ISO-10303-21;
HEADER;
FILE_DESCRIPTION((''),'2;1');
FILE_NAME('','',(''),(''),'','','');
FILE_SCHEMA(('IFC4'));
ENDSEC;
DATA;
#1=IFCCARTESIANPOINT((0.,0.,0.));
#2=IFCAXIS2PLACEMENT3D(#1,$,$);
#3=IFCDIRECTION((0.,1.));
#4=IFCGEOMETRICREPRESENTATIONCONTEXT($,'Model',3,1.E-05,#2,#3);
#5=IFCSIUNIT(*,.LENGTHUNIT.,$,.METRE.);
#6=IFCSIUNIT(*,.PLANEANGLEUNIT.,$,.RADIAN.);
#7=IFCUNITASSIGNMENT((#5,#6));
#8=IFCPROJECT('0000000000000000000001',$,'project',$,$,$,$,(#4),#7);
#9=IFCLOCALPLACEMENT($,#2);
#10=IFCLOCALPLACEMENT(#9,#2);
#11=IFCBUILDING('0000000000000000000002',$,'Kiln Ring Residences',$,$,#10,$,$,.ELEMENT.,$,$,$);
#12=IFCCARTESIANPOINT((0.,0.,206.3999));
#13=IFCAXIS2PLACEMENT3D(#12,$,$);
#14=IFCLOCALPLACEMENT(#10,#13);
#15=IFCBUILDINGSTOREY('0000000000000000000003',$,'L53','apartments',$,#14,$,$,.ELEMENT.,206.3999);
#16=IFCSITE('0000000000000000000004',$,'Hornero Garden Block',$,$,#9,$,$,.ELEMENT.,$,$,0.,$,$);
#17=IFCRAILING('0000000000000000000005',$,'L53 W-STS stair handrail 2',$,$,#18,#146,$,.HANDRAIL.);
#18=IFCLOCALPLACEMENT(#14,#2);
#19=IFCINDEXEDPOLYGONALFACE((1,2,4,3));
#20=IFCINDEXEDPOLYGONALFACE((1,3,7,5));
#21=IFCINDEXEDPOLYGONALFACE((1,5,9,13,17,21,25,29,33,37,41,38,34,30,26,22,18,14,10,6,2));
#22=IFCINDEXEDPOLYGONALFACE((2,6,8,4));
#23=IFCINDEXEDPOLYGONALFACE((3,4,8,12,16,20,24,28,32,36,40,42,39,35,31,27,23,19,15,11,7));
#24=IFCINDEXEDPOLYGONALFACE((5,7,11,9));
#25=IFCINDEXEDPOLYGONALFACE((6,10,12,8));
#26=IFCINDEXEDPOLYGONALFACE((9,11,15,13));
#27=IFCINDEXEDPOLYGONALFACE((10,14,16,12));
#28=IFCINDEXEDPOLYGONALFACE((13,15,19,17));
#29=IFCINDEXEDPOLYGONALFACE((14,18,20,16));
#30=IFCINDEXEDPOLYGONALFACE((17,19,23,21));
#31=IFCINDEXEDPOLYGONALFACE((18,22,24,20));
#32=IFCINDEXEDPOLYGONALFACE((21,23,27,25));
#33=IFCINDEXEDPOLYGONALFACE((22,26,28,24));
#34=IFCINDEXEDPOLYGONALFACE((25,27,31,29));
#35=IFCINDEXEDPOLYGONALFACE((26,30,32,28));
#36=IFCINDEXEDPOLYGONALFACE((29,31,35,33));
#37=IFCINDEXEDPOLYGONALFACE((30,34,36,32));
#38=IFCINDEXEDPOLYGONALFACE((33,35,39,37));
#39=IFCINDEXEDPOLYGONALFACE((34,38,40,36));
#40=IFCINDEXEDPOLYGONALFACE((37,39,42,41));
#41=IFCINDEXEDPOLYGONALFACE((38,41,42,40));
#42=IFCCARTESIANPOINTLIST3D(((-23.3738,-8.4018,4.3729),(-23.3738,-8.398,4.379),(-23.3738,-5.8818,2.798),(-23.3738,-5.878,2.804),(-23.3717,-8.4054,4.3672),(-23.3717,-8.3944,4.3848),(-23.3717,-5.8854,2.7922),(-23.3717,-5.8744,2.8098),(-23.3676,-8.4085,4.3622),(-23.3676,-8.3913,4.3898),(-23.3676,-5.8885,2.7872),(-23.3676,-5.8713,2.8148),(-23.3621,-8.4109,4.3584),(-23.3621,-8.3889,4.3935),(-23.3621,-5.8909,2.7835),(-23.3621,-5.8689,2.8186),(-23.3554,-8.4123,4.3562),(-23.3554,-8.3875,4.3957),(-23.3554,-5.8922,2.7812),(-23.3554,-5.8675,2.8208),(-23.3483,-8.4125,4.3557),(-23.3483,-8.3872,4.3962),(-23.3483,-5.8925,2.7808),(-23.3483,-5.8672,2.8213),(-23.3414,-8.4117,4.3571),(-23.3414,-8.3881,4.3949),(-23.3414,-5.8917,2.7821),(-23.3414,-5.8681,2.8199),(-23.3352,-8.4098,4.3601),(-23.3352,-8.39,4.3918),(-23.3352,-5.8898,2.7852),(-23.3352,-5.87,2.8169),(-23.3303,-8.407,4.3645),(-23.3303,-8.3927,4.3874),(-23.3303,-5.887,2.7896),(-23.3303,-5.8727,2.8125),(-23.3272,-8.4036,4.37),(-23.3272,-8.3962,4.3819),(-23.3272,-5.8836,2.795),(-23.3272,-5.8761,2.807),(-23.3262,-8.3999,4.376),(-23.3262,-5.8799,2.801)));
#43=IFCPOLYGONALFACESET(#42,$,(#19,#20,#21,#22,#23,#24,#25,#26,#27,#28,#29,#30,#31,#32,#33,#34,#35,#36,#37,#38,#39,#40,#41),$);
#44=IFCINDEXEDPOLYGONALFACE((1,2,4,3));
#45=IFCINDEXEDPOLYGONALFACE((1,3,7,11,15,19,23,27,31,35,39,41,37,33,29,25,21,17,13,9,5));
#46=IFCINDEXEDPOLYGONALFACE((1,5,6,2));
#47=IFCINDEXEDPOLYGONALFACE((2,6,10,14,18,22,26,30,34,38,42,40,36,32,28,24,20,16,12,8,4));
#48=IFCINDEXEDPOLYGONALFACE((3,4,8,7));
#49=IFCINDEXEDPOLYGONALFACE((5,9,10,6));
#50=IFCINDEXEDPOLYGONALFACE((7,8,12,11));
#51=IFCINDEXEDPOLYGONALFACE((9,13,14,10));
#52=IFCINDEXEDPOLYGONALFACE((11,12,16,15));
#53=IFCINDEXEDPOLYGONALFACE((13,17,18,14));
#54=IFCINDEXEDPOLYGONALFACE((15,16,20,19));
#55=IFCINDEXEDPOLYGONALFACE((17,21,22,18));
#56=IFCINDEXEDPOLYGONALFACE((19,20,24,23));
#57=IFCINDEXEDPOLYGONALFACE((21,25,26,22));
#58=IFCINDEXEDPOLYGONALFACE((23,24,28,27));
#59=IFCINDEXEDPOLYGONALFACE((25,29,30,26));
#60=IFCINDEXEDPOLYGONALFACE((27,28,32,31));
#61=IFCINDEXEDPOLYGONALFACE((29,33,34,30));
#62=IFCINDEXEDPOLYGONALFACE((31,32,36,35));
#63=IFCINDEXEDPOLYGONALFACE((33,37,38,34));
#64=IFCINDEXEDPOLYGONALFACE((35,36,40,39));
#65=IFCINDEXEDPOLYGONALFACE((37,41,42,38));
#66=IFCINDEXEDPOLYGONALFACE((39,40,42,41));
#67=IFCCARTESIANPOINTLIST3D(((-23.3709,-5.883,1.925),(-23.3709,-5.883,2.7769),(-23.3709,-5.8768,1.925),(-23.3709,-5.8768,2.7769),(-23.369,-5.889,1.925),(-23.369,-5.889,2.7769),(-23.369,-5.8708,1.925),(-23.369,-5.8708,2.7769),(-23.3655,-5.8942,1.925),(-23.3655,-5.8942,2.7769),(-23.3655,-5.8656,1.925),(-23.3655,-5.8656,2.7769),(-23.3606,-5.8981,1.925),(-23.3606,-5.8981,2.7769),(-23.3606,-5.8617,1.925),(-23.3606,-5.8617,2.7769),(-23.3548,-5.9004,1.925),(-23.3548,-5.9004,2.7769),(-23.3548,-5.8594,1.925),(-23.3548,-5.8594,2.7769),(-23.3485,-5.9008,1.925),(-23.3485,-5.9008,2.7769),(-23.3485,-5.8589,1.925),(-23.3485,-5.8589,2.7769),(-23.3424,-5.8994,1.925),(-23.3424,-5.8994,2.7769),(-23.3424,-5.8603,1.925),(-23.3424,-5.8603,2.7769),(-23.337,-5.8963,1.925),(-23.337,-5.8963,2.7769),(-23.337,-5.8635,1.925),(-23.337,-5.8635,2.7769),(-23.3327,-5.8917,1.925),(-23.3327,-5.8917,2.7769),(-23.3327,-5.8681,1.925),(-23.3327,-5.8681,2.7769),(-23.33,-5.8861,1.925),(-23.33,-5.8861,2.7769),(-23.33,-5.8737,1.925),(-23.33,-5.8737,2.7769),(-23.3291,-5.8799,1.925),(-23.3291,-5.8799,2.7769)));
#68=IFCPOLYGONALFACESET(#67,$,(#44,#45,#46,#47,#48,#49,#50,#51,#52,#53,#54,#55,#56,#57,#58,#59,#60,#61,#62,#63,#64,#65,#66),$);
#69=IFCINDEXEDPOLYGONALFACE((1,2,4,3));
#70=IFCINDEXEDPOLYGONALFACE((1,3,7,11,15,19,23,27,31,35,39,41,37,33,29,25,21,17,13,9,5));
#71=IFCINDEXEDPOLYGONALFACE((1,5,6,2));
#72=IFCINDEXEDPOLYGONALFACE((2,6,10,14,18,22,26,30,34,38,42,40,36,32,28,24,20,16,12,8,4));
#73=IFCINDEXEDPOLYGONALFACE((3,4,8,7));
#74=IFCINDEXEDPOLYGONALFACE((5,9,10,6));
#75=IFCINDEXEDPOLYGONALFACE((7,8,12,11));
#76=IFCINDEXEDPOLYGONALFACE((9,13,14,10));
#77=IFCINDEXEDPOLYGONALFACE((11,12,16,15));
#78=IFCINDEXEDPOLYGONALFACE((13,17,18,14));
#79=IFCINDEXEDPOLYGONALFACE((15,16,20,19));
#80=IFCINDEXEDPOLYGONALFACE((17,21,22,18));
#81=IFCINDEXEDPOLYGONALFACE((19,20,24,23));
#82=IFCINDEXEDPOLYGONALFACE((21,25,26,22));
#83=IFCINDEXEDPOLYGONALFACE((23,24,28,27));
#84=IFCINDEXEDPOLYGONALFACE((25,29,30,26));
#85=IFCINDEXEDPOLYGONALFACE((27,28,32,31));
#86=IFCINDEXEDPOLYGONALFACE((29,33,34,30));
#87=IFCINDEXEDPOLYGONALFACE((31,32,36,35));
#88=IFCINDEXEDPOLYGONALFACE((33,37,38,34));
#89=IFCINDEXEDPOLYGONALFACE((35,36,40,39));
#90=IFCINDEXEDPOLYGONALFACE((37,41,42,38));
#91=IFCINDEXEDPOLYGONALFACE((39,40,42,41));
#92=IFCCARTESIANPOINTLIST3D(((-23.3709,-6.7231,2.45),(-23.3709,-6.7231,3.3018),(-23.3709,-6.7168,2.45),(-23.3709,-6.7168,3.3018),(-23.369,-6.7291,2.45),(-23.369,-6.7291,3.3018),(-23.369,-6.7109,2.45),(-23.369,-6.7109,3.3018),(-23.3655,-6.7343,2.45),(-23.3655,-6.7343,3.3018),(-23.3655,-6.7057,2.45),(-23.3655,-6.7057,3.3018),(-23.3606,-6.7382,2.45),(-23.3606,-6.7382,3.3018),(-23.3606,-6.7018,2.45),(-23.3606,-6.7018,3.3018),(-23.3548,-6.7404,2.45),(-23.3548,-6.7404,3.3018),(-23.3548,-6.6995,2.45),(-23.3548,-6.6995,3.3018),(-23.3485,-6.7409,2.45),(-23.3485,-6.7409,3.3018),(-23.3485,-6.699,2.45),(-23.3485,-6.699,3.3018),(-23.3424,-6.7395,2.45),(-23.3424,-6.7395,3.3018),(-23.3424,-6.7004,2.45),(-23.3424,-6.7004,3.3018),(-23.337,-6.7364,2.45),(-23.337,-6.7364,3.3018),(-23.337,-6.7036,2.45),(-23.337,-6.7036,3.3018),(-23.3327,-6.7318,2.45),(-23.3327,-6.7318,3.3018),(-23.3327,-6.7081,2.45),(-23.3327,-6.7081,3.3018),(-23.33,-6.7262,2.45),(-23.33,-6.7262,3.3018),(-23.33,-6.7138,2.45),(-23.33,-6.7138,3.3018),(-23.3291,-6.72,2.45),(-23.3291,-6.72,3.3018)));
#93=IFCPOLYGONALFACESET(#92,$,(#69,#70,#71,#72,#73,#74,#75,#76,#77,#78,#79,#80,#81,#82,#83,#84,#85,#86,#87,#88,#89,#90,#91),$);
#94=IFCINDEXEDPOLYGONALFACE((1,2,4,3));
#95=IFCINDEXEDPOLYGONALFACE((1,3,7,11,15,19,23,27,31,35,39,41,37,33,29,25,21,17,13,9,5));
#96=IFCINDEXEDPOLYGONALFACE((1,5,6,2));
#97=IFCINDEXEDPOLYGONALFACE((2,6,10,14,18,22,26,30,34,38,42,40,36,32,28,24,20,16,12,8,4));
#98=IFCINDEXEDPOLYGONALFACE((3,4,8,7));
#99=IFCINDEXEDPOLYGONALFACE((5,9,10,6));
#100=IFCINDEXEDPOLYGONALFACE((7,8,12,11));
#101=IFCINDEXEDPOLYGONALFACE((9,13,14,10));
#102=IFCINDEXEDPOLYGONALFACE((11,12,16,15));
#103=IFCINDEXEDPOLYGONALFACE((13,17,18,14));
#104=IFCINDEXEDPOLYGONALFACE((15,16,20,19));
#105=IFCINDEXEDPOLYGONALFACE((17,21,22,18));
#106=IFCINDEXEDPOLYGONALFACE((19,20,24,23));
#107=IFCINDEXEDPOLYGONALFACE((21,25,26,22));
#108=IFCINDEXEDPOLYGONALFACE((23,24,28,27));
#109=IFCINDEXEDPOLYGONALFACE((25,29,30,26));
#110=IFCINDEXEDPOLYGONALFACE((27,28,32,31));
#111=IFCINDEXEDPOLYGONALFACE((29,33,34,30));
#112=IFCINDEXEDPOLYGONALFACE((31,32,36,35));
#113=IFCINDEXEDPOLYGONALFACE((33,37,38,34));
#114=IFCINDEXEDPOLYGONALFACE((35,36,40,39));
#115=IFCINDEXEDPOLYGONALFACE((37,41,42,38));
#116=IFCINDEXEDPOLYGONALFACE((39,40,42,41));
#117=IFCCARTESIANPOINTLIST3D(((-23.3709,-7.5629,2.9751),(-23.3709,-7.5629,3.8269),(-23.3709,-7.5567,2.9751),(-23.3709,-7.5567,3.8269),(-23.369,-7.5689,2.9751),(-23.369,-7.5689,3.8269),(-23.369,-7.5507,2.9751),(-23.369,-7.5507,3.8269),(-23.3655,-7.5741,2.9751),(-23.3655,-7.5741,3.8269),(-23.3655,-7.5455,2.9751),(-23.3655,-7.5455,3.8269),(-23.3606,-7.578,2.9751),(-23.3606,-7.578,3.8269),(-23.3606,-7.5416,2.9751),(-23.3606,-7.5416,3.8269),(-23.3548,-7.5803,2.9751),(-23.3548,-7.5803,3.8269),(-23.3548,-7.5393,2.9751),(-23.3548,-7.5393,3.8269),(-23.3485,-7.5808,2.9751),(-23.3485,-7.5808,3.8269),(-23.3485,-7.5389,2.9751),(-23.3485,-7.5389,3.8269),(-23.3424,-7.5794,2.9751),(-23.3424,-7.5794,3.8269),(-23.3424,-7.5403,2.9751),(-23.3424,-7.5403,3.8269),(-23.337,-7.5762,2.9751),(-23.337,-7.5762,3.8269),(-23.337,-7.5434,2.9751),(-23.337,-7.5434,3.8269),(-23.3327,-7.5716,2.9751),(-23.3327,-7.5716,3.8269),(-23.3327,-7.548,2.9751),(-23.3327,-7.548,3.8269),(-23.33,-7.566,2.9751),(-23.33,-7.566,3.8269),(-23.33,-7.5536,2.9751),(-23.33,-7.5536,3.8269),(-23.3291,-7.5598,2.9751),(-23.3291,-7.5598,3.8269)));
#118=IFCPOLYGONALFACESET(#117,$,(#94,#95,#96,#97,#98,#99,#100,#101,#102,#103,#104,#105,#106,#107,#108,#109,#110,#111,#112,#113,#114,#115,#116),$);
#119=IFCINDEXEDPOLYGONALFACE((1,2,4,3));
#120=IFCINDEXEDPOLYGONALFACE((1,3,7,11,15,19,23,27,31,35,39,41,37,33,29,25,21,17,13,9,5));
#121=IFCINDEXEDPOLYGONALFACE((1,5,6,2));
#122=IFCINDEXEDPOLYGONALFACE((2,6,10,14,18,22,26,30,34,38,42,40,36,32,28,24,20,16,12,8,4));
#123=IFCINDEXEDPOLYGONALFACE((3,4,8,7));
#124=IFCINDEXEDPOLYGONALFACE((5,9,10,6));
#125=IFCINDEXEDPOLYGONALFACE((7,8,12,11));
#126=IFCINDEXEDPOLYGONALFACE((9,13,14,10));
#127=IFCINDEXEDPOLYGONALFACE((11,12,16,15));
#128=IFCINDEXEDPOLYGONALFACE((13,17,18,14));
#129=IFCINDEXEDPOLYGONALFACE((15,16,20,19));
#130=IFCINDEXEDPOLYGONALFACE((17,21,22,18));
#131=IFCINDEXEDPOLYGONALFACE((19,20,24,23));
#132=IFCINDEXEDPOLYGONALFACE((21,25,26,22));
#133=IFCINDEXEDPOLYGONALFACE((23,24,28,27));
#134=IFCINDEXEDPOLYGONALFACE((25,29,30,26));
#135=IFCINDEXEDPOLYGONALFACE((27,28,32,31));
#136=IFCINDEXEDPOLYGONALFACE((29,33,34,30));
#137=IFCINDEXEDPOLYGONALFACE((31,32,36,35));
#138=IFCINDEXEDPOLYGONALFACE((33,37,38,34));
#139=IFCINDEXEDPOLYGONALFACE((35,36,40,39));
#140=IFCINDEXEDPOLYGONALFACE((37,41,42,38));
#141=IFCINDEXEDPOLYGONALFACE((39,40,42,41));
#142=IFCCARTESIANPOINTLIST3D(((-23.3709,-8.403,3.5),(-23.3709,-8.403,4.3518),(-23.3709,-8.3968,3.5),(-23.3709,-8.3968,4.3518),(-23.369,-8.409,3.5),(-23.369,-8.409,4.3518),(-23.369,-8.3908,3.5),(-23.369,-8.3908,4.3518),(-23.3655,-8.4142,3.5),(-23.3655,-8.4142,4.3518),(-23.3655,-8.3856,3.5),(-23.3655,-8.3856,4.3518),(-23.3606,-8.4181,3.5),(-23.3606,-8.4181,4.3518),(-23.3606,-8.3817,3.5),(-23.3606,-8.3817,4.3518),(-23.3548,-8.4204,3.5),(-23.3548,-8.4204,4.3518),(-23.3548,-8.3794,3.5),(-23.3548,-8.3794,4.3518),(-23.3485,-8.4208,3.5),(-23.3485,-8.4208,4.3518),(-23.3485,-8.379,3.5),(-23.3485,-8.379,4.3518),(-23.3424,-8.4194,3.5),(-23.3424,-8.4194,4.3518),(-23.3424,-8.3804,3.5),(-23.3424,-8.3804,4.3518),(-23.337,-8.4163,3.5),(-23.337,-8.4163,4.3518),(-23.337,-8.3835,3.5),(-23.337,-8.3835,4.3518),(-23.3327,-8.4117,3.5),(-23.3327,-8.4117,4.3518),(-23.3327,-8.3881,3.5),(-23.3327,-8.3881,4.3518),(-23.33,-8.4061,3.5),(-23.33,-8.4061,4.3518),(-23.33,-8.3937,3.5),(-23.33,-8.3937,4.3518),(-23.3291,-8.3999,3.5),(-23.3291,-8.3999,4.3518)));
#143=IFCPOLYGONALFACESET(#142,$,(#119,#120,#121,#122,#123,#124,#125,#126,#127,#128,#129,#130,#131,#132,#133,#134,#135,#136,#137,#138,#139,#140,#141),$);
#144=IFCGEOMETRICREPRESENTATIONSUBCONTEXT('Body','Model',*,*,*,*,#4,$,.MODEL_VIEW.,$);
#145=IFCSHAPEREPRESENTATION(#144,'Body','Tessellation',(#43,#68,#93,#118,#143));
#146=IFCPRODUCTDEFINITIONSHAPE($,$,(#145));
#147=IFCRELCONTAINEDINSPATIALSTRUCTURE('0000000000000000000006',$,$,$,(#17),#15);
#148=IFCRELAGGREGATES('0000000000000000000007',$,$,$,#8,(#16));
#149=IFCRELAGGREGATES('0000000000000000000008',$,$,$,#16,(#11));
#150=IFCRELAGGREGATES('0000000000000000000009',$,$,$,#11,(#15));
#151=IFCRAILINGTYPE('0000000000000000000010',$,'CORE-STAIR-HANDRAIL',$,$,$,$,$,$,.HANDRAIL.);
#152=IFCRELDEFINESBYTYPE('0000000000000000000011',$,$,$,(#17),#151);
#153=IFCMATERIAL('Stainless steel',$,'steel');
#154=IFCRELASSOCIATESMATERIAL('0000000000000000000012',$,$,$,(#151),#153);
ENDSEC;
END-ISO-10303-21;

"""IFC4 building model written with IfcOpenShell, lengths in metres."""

from ifc_helpers import new_model, si_unit, direction, frame, origin, origin_2d, place, context, subcontext, project, spatial, circle, extrude, material, type_object, element, save


model = new_model("IFC4")

# Units and contexts
model_context = context("Model", 3, precision=1e-05, world=origin(), true_north=direction((0.0, 1.0)))
body_context = subcontext(model_context, "Body", "Model", "MODEL_VIEW")
ifc_project = project(units=[si_unit("LENGTHUNIT", "METRE"), si_unit("PLANEANGLEUNIT", "RADIAN")], contexts=[model_context])

# Site, building, storey
site_placement = place(None, origin())
site = spatial("IfcSite", under=ifc_project, at=site_placement, Name="Hornero Garden Block", CompositionType="ELEMENT", RefElevation=0.0)
building_placement = place(site_placement, origin())
building = spatial("IfcBuilding", under=site, at=building_placement, Name="Kiln Ring Residences", CompositionType="ELEMENT")
storey_placement = place(building_placement, frame((0.0, 0.0, 206.3999)))
storey = spatial("IfcBuildingStorey", under=building, at=storey_placement, Name="L53", Description="apartments", CompositionType="ELEMENT", Elevation=206.3999)

# Railing
ifc_material_1 = material(Name="Stainless steel", Category="steel")
railing_type_1 = type_object("IfcRailingType", Name="CORE-STAIR-HANDRAIL", PredefinedType="HANDRAIL", material=ifc_material_1)
railing_1_placement = place(storey_placement, frame((-23.3501, -5.8799, 1.925)))
element("IfcRailing", 1, at=railing_1_placement, inside=storey, type_object=railing_type_1, Name="L53 W-STS stair handrail 2", PredefinedType="HANDRAIL", context=body_context, shape_type="SweptSolid", body=[
    extrude(circle(Radius=0.0239, at=origin_2d()), frame((0.0, 0.0, 0.876), z_axis=(0.0, -0.848008, 0.529984), x_axis=(1.0, 0.0, 0.0)), (0.0, 0.0, 1.0), 2.9717),
    extrude(circle(Radius=0.021, at=origin_2d()), origin(), (0.0, 0.0, 1.0), 0.8518),
    extrude(circle(Radius=0.021, at=origin_2d()), frame((0.0, -0.8401, 0.5249)), (0.0, 0.0, 1.0), 0.8518),
    extrude(circle(Radius=0.021, at=origin_2d()), frame((0.0, -1.6799, 1.05)), (0.0, 0.0, 1.0), 0.8518),
    extrude(circle(Radius=0.021, at=origin_2d()), frame((0.0, -2.52, 1.575)), (0.0, 0.0, 1.0), 0.8518),
])

save(model, "model.ifc")
